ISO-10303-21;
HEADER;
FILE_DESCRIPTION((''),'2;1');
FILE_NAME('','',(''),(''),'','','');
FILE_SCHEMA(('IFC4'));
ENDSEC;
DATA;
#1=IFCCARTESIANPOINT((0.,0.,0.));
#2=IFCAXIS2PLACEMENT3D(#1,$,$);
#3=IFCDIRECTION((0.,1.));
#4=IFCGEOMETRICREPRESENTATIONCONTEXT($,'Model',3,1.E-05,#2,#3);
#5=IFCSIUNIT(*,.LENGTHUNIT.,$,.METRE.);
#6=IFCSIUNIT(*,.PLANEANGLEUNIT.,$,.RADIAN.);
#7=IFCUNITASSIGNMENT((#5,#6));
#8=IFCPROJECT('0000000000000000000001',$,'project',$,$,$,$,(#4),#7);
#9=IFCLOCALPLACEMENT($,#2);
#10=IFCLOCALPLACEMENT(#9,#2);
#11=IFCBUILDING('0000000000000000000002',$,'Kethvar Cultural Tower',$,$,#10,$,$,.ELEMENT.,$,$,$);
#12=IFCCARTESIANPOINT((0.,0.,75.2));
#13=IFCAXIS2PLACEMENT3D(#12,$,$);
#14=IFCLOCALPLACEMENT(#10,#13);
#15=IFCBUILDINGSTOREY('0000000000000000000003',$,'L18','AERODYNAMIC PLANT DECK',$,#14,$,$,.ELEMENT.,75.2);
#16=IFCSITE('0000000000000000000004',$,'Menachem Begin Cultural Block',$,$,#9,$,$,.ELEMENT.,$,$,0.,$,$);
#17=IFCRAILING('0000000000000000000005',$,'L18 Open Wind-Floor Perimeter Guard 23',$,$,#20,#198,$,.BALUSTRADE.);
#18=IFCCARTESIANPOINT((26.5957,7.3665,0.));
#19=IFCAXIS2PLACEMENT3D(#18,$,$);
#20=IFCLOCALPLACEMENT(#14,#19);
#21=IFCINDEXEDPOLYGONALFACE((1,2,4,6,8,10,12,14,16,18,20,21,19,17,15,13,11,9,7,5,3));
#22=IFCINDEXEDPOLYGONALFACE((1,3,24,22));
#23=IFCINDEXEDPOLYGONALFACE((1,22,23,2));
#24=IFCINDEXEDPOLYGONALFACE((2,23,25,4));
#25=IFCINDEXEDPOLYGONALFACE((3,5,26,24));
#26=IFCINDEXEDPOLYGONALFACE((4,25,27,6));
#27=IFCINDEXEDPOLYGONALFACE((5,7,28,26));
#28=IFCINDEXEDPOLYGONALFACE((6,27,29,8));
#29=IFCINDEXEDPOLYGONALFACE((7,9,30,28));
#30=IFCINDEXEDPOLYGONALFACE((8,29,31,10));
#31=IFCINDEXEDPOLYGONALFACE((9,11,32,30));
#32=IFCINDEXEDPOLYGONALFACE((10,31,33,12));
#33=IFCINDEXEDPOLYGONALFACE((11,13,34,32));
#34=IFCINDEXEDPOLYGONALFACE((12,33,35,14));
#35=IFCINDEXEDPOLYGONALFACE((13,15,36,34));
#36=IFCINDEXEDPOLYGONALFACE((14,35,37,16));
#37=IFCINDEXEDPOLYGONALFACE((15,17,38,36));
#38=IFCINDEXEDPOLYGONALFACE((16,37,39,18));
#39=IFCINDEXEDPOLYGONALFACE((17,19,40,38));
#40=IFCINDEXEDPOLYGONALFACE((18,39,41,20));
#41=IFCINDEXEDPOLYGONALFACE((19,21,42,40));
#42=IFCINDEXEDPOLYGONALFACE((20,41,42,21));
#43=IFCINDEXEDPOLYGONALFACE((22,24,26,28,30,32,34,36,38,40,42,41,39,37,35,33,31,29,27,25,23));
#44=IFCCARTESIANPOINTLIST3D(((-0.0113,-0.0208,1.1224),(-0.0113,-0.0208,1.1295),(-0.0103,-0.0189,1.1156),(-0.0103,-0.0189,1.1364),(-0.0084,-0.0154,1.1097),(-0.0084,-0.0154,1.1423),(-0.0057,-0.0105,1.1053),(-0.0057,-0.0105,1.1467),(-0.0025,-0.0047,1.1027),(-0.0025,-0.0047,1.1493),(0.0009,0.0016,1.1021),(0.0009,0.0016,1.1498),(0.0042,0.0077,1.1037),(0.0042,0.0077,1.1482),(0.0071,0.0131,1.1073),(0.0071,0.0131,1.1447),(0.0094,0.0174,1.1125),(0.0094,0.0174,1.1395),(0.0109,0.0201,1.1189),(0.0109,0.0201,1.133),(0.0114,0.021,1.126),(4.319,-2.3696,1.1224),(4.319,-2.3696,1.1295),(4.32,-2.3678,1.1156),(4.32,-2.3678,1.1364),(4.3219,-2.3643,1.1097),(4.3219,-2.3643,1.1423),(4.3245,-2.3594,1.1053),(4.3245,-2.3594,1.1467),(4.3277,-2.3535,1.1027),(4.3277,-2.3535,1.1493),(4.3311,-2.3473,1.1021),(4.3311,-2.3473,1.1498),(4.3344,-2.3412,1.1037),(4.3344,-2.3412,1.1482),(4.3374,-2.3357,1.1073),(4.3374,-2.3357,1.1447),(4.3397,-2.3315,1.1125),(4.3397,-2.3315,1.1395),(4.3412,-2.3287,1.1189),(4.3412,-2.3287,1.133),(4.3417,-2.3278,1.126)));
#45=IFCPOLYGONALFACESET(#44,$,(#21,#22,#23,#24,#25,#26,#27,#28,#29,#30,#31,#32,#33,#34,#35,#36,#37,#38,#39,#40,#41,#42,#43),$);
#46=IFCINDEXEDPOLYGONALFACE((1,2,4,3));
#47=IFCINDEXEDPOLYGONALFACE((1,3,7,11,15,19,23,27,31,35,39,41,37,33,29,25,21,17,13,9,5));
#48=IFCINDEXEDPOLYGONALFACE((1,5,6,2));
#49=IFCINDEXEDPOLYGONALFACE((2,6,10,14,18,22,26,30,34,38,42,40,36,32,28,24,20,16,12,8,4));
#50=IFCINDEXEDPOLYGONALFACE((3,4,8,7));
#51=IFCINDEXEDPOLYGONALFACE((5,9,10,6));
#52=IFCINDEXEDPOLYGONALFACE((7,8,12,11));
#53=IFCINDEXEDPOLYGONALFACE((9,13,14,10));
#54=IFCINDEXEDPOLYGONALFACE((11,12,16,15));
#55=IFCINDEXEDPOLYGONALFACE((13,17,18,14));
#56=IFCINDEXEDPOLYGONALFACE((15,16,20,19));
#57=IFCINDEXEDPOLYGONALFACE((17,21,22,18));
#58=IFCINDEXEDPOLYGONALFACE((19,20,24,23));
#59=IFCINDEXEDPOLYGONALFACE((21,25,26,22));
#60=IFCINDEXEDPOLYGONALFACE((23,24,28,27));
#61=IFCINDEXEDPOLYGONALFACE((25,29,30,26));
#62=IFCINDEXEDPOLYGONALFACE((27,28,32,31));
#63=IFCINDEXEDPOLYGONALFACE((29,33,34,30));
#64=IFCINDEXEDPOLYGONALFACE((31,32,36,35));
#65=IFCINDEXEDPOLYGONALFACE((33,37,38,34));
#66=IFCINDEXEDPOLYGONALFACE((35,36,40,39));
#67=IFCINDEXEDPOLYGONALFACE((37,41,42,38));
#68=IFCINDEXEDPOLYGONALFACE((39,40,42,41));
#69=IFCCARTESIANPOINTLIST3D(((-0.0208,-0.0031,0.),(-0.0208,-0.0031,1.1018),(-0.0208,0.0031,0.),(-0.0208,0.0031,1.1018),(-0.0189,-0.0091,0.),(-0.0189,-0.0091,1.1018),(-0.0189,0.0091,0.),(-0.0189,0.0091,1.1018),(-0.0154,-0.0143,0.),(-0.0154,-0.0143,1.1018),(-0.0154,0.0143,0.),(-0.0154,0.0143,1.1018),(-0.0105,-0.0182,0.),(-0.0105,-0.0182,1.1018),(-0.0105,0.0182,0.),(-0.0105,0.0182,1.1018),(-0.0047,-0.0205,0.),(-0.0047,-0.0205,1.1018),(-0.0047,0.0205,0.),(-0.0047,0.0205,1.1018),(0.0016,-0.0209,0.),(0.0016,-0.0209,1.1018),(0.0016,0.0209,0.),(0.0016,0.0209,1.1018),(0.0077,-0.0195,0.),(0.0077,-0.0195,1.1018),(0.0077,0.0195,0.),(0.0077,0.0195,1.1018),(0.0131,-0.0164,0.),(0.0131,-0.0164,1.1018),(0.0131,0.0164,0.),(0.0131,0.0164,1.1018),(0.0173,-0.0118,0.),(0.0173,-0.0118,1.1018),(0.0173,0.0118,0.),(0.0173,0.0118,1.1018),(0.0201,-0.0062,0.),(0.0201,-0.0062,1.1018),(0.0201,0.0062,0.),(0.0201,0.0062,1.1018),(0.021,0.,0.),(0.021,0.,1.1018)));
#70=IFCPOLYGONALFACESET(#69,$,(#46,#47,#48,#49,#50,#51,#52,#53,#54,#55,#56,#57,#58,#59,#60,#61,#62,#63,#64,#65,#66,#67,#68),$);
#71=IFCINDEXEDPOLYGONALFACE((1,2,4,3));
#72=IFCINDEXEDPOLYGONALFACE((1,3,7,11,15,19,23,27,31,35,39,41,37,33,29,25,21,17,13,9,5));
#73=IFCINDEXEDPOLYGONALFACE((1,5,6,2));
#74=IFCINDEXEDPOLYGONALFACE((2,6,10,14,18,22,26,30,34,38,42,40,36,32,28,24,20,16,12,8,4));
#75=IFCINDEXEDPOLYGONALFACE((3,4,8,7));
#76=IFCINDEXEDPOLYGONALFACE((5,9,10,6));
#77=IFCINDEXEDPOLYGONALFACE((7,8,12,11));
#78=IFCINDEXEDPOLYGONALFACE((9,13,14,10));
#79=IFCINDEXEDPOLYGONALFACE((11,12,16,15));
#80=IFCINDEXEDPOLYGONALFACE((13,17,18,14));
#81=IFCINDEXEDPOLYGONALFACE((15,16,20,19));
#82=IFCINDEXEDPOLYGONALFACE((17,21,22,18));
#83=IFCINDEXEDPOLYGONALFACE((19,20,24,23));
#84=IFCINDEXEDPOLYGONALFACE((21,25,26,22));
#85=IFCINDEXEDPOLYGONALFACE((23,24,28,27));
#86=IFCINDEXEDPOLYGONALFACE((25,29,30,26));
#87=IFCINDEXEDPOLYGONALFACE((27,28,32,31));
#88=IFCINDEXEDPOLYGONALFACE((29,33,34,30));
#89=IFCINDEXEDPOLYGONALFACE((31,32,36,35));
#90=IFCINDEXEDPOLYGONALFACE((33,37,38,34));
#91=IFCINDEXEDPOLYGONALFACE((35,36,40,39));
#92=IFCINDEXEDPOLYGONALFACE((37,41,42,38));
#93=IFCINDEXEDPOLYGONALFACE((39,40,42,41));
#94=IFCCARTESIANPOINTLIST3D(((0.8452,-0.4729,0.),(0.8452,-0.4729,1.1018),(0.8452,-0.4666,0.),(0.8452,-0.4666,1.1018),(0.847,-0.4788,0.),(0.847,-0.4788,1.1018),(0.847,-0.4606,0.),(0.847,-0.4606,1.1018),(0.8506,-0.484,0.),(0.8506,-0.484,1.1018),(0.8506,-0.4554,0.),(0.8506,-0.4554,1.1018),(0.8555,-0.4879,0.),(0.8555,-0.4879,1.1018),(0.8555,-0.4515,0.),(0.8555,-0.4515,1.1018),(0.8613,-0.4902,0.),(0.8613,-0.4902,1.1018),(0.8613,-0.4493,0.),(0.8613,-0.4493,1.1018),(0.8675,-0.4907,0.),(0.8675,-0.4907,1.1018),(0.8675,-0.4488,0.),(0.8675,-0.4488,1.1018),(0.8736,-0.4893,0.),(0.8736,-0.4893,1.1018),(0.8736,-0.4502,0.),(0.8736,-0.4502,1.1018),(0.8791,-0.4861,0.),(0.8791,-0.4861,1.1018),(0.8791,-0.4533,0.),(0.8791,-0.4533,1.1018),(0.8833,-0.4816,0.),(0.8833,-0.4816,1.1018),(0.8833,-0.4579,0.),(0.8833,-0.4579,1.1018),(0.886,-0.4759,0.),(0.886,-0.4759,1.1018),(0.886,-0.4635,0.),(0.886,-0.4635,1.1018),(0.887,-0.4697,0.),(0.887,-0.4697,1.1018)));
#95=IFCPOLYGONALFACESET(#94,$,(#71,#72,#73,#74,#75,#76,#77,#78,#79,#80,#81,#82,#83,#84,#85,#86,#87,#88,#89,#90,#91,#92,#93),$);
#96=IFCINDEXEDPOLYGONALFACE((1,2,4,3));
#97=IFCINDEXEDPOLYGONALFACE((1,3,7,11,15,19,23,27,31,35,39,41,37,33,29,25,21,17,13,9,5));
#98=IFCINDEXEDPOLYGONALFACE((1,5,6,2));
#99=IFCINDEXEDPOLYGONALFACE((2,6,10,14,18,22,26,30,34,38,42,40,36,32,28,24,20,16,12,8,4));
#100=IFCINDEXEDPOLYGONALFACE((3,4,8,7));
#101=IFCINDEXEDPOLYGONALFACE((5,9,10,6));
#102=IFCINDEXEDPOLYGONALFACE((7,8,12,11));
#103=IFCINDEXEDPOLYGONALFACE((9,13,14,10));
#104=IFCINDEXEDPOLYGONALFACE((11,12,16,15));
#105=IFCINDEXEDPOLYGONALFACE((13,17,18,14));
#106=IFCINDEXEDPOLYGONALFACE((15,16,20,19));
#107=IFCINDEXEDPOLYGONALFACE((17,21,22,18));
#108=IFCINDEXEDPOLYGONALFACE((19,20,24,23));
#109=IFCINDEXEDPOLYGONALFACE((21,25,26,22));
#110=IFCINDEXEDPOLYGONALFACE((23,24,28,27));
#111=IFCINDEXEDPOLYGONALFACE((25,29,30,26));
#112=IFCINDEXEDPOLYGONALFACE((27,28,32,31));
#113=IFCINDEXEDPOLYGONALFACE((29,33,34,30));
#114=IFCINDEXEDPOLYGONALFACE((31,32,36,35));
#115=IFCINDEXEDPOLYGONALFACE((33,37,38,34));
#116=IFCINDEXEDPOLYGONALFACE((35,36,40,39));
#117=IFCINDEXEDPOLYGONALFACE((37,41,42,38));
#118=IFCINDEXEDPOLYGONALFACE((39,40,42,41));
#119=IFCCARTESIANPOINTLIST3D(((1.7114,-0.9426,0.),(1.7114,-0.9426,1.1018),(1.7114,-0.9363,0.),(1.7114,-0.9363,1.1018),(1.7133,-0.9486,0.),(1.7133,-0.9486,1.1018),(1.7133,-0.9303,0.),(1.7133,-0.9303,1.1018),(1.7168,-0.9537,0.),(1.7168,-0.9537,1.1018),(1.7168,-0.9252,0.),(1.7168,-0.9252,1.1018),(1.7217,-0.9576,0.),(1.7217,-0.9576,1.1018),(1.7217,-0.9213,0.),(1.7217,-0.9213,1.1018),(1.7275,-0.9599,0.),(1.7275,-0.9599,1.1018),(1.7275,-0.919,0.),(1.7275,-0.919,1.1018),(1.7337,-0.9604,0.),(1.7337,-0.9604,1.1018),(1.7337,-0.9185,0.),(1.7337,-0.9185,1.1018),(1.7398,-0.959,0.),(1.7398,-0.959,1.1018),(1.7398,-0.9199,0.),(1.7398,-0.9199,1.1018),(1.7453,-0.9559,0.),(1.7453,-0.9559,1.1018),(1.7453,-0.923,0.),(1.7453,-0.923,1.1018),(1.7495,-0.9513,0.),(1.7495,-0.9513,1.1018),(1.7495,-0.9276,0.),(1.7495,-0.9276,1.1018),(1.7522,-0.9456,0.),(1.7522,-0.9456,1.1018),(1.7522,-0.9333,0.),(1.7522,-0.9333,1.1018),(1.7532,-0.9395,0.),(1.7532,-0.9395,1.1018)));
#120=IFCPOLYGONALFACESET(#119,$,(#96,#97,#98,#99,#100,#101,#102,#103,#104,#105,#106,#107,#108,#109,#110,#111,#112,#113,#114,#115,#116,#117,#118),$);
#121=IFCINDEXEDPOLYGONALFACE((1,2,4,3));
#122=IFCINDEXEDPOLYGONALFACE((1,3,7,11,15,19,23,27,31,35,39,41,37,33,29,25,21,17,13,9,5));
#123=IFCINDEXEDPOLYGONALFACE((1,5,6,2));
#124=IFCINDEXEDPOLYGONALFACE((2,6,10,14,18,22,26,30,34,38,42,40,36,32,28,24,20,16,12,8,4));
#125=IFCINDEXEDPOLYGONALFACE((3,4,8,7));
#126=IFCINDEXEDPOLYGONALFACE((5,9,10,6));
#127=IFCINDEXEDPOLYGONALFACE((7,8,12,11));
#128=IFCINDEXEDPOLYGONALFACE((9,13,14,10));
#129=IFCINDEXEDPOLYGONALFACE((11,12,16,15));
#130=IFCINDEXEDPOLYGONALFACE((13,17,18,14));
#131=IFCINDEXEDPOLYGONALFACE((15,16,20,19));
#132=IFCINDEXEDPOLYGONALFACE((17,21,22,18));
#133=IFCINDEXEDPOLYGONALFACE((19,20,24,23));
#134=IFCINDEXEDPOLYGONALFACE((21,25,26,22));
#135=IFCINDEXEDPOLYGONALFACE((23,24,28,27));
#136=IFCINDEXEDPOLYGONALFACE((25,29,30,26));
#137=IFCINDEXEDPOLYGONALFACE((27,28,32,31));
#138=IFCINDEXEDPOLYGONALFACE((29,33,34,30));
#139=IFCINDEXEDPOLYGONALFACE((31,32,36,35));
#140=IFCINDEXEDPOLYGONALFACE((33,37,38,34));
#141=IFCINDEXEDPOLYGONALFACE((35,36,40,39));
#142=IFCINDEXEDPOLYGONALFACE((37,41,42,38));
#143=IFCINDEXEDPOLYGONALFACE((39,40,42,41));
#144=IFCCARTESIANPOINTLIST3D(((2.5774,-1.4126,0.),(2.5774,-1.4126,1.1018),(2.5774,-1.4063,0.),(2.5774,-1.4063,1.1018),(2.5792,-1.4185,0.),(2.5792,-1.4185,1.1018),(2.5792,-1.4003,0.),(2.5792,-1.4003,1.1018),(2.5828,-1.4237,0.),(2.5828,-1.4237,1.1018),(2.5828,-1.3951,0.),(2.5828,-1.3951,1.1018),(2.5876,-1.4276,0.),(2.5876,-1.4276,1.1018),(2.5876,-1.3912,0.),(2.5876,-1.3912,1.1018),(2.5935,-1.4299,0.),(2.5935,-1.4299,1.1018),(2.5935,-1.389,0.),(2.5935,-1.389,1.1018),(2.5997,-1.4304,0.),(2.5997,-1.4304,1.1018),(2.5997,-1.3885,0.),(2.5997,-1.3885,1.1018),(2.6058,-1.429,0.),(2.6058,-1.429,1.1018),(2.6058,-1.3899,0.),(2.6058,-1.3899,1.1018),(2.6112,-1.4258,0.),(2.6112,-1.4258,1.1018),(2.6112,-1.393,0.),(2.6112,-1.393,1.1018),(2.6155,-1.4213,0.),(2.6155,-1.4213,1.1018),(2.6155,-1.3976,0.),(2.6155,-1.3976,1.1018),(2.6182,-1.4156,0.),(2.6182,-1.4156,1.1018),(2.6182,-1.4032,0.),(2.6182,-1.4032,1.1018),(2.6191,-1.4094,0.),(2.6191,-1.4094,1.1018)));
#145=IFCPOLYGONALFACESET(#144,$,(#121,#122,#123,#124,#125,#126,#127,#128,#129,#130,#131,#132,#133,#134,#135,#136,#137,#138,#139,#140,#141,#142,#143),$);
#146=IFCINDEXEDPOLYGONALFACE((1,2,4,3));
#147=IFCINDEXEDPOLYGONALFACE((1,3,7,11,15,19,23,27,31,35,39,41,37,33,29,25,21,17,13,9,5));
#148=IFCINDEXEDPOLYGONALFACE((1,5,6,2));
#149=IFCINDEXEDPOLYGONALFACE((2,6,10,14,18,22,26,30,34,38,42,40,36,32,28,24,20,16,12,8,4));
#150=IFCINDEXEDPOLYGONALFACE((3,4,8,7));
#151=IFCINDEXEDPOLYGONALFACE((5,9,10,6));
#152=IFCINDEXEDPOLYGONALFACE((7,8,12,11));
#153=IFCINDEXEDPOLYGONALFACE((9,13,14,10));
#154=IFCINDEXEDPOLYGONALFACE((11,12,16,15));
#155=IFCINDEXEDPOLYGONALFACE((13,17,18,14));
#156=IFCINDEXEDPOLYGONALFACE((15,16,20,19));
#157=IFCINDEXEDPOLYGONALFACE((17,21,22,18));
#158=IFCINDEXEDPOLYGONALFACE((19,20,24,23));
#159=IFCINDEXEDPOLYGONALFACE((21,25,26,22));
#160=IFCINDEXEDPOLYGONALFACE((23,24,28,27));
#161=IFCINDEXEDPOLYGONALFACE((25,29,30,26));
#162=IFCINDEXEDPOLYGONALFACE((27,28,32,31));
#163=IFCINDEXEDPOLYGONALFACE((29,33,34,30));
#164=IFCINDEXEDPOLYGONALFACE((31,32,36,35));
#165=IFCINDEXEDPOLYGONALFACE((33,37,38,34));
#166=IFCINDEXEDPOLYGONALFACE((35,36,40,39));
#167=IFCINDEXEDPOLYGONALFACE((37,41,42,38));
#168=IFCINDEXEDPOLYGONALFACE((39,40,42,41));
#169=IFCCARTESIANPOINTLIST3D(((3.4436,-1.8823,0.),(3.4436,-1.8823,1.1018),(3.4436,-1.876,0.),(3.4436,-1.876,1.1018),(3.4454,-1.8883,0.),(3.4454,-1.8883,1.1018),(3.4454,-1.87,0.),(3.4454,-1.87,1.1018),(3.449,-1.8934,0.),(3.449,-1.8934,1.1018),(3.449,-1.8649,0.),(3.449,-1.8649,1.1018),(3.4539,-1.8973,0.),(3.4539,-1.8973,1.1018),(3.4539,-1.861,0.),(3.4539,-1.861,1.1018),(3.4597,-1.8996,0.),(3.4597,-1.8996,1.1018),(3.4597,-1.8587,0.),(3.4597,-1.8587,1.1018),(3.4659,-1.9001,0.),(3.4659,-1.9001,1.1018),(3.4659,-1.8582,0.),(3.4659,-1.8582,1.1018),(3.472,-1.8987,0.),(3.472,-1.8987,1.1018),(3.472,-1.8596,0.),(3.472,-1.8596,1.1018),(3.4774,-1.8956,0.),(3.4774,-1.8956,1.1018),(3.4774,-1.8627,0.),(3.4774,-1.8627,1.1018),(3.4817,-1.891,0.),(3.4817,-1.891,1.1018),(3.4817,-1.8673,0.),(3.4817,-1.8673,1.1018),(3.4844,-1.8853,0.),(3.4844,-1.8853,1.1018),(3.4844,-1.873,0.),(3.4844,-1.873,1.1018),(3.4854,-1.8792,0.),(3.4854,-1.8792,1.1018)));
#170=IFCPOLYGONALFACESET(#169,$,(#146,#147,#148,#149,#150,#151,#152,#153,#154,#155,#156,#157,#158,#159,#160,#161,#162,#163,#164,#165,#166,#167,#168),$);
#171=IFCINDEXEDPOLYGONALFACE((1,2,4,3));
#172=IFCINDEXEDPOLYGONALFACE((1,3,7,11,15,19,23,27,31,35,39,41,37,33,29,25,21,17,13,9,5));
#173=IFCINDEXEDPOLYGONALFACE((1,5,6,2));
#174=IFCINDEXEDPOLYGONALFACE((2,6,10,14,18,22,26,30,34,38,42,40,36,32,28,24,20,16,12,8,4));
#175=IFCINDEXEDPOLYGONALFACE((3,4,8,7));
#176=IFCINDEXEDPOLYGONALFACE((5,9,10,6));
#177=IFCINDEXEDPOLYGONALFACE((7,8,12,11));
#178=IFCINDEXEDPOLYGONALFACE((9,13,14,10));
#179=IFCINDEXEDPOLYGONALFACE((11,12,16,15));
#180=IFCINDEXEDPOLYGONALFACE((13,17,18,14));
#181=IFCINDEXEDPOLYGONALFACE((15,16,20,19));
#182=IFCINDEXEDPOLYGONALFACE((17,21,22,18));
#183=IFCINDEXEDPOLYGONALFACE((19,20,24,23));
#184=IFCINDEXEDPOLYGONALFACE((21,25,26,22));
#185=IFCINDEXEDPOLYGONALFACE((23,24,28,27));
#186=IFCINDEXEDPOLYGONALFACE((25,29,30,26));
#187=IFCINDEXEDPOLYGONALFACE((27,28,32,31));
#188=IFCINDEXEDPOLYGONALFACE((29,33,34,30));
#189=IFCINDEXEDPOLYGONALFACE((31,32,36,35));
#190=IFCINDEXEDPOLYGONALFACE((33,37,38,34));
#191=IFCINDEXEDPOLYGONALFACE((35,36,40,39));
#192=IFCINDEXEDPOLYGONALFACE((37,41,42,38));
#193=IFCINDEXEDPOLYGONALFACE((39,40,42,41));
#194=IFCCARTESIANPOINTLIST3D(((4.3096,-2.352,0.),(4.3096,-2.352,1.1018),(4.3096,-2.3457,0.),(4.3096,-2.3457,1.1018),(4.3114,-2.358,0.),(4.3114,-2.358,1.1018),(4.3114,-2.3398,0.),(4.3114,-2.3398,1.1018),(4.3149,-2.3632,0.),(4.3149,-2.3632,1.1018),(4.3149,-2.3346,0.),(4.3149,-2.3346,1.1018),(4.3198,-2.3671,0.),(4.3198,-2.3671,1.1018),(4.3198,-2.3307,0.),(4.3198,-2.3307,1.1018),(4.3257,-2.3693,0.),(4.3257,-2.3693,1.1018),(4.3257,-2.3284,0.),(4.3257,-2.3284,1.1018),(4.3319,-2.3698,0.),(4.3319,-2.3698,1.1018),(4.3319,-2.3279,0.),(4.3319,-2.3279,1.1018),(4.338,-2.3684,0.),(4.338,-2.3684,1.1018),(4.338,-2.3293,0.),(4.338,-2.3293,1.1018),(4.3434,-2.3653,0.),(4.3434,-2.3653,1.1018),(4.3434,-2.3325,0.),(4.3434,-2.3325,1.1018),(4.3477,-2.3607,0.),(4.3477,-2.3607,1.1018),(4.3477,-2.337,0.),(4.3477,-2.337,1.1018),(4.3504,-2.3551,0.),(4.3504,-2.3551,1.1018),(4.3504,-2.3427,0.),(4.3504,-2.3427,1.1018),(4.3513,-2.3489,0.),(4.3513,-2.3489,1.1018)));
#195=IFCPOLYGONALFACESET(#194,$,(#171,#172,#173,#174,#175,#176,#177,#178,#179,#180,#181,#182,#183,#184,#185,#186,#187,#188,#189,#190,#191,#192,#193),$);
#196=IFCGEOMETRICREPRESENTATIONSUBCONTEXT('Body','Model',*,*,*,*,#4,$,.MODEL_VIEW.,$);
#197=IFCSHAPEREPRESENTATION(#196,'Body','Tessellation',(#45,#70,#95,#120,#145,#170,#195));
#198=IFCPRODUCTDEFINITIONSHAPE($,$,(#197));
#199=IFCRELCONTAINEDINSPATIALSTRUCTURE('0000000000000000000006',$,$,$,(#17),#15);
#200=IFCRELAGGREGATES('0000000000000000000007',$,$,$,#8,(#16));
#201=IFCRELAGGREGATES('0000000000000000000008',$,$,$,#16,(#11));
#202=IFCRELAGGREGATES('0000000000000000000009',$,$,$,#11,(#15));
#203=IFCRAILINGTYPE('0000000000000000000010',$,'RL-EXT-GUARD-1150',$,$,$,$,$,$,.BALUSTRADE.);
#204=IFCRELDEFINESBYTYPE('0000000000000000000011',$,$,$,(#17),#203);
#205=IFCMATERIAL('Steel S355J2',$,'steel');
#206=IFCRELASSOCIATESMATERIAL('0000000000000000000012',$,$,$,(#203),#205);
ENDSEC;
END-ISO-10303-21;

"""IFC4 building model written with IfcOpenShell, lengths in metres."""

from ifc_helpers import new_model, si_unit, direction, frame, origin, origin_2d, place, context, subcontext, project, spatial, circle, extrude, material, type_object, element, save


model = new_model("IFC4")

# Units and contexts
model_context = context("Model", 3, precision=1e-05, world=origin(), true_north=direction((0.0, 1.0)))
body_context = subcontext(model_context, "Body", "Model", "MODEL_VIEW")
ifc_project = project(units=[si_unit("LENGTHUNIT", "METRE"), si_unit("PLANEANGLEUNIT", "RADIAN")], contexts=[model_context])

# Site, building, storey
site_placement = place(None, origin())
site = spatial("IfcSite", under=ifc_project, at=site_placement, Name="Menachem Begin Cultural Block", CompositionType="ELEMENT", RefElevation=0.0)
building_placement = place(site_placement, origin())
building = spatial("IfcBuilding", under=site, at=building_placement, Name="Kethvar Cultural Tower", CompositionType="ELEMENT")
storey_placement = place(building_placement, frame((0.0, 0.0, 75.2)))
storey = spatial("IfcBuildingStorey", under=building, at=storey_placement, Name="L18", Description="AERODYNAMIC PLANT DECK", CompositionType="ELEMENT", Elevation=75.2)

# Shared definitions
ifc_material_1 = material(Name="Steel S355J2", Category="steel")

# Railing
railing_type = type_object("IfcRailingType", Name="RL-EXT-GUARD-1150", PredefinedType="BALUSTRADE", material=ifc_material_1)
railing_1_placement = place(storey_placement, frame((26.5957, 7.3665, 0.0)))
element("IfcRailing", 1, at=railing_1_placement, inside=storey, type_object=railing_type, Name="L18 Open Wind-Floor Perimeter Guard 23", PredefinedType="BALUSTRADE", context=body_context, shape_type="SweptSolid", body=[
    extrude(circle(Radius=0.0239, at=origin_2d()), frame((0.0, 0.0, 1.126), z_axis=(0.879012, -0.476799, 0.0), x_axis=(0.476799, 0.879012, 0.0)), (0.0, 0.0, 1.0), 4.9263),
    extrude(circle(Radius=0.021, at=origin_2d()), origin(), (0.0, 0.0, 1.0), 1.1018),
    extrude(circle(Radius=0.021, at=origin_2d()), frame((0.866, -0.4697, 0.0)), (0.0, 0.0, 1.0), 1.1018),
    extrude(circle(Radius=0.021, at=origin_2d()), frame((1.7322, -0.9395, 0.0)), (0.0, 0.0, 1.0), 1.1018),
    extrude(circle(Radius=0.021, at=origin_2d()), frame((2.5981, -1.4094, 0.0)), (0.0, 0.0, 1.0), 1.1018),
    extrude(circle(Radius=0.021, at=origin_2d()), frame((3.4644, -1.8792, 0.0)), (0.0, 0.0, 1.0), 1.1018),
    extrude(circle(Radius=0.021, at=origin_2d()), frame((4.3303, -2.3489, 0.0)), (0.0, 0.0, 1.0), 1.1018),
])

save(model, "model.ifc")
